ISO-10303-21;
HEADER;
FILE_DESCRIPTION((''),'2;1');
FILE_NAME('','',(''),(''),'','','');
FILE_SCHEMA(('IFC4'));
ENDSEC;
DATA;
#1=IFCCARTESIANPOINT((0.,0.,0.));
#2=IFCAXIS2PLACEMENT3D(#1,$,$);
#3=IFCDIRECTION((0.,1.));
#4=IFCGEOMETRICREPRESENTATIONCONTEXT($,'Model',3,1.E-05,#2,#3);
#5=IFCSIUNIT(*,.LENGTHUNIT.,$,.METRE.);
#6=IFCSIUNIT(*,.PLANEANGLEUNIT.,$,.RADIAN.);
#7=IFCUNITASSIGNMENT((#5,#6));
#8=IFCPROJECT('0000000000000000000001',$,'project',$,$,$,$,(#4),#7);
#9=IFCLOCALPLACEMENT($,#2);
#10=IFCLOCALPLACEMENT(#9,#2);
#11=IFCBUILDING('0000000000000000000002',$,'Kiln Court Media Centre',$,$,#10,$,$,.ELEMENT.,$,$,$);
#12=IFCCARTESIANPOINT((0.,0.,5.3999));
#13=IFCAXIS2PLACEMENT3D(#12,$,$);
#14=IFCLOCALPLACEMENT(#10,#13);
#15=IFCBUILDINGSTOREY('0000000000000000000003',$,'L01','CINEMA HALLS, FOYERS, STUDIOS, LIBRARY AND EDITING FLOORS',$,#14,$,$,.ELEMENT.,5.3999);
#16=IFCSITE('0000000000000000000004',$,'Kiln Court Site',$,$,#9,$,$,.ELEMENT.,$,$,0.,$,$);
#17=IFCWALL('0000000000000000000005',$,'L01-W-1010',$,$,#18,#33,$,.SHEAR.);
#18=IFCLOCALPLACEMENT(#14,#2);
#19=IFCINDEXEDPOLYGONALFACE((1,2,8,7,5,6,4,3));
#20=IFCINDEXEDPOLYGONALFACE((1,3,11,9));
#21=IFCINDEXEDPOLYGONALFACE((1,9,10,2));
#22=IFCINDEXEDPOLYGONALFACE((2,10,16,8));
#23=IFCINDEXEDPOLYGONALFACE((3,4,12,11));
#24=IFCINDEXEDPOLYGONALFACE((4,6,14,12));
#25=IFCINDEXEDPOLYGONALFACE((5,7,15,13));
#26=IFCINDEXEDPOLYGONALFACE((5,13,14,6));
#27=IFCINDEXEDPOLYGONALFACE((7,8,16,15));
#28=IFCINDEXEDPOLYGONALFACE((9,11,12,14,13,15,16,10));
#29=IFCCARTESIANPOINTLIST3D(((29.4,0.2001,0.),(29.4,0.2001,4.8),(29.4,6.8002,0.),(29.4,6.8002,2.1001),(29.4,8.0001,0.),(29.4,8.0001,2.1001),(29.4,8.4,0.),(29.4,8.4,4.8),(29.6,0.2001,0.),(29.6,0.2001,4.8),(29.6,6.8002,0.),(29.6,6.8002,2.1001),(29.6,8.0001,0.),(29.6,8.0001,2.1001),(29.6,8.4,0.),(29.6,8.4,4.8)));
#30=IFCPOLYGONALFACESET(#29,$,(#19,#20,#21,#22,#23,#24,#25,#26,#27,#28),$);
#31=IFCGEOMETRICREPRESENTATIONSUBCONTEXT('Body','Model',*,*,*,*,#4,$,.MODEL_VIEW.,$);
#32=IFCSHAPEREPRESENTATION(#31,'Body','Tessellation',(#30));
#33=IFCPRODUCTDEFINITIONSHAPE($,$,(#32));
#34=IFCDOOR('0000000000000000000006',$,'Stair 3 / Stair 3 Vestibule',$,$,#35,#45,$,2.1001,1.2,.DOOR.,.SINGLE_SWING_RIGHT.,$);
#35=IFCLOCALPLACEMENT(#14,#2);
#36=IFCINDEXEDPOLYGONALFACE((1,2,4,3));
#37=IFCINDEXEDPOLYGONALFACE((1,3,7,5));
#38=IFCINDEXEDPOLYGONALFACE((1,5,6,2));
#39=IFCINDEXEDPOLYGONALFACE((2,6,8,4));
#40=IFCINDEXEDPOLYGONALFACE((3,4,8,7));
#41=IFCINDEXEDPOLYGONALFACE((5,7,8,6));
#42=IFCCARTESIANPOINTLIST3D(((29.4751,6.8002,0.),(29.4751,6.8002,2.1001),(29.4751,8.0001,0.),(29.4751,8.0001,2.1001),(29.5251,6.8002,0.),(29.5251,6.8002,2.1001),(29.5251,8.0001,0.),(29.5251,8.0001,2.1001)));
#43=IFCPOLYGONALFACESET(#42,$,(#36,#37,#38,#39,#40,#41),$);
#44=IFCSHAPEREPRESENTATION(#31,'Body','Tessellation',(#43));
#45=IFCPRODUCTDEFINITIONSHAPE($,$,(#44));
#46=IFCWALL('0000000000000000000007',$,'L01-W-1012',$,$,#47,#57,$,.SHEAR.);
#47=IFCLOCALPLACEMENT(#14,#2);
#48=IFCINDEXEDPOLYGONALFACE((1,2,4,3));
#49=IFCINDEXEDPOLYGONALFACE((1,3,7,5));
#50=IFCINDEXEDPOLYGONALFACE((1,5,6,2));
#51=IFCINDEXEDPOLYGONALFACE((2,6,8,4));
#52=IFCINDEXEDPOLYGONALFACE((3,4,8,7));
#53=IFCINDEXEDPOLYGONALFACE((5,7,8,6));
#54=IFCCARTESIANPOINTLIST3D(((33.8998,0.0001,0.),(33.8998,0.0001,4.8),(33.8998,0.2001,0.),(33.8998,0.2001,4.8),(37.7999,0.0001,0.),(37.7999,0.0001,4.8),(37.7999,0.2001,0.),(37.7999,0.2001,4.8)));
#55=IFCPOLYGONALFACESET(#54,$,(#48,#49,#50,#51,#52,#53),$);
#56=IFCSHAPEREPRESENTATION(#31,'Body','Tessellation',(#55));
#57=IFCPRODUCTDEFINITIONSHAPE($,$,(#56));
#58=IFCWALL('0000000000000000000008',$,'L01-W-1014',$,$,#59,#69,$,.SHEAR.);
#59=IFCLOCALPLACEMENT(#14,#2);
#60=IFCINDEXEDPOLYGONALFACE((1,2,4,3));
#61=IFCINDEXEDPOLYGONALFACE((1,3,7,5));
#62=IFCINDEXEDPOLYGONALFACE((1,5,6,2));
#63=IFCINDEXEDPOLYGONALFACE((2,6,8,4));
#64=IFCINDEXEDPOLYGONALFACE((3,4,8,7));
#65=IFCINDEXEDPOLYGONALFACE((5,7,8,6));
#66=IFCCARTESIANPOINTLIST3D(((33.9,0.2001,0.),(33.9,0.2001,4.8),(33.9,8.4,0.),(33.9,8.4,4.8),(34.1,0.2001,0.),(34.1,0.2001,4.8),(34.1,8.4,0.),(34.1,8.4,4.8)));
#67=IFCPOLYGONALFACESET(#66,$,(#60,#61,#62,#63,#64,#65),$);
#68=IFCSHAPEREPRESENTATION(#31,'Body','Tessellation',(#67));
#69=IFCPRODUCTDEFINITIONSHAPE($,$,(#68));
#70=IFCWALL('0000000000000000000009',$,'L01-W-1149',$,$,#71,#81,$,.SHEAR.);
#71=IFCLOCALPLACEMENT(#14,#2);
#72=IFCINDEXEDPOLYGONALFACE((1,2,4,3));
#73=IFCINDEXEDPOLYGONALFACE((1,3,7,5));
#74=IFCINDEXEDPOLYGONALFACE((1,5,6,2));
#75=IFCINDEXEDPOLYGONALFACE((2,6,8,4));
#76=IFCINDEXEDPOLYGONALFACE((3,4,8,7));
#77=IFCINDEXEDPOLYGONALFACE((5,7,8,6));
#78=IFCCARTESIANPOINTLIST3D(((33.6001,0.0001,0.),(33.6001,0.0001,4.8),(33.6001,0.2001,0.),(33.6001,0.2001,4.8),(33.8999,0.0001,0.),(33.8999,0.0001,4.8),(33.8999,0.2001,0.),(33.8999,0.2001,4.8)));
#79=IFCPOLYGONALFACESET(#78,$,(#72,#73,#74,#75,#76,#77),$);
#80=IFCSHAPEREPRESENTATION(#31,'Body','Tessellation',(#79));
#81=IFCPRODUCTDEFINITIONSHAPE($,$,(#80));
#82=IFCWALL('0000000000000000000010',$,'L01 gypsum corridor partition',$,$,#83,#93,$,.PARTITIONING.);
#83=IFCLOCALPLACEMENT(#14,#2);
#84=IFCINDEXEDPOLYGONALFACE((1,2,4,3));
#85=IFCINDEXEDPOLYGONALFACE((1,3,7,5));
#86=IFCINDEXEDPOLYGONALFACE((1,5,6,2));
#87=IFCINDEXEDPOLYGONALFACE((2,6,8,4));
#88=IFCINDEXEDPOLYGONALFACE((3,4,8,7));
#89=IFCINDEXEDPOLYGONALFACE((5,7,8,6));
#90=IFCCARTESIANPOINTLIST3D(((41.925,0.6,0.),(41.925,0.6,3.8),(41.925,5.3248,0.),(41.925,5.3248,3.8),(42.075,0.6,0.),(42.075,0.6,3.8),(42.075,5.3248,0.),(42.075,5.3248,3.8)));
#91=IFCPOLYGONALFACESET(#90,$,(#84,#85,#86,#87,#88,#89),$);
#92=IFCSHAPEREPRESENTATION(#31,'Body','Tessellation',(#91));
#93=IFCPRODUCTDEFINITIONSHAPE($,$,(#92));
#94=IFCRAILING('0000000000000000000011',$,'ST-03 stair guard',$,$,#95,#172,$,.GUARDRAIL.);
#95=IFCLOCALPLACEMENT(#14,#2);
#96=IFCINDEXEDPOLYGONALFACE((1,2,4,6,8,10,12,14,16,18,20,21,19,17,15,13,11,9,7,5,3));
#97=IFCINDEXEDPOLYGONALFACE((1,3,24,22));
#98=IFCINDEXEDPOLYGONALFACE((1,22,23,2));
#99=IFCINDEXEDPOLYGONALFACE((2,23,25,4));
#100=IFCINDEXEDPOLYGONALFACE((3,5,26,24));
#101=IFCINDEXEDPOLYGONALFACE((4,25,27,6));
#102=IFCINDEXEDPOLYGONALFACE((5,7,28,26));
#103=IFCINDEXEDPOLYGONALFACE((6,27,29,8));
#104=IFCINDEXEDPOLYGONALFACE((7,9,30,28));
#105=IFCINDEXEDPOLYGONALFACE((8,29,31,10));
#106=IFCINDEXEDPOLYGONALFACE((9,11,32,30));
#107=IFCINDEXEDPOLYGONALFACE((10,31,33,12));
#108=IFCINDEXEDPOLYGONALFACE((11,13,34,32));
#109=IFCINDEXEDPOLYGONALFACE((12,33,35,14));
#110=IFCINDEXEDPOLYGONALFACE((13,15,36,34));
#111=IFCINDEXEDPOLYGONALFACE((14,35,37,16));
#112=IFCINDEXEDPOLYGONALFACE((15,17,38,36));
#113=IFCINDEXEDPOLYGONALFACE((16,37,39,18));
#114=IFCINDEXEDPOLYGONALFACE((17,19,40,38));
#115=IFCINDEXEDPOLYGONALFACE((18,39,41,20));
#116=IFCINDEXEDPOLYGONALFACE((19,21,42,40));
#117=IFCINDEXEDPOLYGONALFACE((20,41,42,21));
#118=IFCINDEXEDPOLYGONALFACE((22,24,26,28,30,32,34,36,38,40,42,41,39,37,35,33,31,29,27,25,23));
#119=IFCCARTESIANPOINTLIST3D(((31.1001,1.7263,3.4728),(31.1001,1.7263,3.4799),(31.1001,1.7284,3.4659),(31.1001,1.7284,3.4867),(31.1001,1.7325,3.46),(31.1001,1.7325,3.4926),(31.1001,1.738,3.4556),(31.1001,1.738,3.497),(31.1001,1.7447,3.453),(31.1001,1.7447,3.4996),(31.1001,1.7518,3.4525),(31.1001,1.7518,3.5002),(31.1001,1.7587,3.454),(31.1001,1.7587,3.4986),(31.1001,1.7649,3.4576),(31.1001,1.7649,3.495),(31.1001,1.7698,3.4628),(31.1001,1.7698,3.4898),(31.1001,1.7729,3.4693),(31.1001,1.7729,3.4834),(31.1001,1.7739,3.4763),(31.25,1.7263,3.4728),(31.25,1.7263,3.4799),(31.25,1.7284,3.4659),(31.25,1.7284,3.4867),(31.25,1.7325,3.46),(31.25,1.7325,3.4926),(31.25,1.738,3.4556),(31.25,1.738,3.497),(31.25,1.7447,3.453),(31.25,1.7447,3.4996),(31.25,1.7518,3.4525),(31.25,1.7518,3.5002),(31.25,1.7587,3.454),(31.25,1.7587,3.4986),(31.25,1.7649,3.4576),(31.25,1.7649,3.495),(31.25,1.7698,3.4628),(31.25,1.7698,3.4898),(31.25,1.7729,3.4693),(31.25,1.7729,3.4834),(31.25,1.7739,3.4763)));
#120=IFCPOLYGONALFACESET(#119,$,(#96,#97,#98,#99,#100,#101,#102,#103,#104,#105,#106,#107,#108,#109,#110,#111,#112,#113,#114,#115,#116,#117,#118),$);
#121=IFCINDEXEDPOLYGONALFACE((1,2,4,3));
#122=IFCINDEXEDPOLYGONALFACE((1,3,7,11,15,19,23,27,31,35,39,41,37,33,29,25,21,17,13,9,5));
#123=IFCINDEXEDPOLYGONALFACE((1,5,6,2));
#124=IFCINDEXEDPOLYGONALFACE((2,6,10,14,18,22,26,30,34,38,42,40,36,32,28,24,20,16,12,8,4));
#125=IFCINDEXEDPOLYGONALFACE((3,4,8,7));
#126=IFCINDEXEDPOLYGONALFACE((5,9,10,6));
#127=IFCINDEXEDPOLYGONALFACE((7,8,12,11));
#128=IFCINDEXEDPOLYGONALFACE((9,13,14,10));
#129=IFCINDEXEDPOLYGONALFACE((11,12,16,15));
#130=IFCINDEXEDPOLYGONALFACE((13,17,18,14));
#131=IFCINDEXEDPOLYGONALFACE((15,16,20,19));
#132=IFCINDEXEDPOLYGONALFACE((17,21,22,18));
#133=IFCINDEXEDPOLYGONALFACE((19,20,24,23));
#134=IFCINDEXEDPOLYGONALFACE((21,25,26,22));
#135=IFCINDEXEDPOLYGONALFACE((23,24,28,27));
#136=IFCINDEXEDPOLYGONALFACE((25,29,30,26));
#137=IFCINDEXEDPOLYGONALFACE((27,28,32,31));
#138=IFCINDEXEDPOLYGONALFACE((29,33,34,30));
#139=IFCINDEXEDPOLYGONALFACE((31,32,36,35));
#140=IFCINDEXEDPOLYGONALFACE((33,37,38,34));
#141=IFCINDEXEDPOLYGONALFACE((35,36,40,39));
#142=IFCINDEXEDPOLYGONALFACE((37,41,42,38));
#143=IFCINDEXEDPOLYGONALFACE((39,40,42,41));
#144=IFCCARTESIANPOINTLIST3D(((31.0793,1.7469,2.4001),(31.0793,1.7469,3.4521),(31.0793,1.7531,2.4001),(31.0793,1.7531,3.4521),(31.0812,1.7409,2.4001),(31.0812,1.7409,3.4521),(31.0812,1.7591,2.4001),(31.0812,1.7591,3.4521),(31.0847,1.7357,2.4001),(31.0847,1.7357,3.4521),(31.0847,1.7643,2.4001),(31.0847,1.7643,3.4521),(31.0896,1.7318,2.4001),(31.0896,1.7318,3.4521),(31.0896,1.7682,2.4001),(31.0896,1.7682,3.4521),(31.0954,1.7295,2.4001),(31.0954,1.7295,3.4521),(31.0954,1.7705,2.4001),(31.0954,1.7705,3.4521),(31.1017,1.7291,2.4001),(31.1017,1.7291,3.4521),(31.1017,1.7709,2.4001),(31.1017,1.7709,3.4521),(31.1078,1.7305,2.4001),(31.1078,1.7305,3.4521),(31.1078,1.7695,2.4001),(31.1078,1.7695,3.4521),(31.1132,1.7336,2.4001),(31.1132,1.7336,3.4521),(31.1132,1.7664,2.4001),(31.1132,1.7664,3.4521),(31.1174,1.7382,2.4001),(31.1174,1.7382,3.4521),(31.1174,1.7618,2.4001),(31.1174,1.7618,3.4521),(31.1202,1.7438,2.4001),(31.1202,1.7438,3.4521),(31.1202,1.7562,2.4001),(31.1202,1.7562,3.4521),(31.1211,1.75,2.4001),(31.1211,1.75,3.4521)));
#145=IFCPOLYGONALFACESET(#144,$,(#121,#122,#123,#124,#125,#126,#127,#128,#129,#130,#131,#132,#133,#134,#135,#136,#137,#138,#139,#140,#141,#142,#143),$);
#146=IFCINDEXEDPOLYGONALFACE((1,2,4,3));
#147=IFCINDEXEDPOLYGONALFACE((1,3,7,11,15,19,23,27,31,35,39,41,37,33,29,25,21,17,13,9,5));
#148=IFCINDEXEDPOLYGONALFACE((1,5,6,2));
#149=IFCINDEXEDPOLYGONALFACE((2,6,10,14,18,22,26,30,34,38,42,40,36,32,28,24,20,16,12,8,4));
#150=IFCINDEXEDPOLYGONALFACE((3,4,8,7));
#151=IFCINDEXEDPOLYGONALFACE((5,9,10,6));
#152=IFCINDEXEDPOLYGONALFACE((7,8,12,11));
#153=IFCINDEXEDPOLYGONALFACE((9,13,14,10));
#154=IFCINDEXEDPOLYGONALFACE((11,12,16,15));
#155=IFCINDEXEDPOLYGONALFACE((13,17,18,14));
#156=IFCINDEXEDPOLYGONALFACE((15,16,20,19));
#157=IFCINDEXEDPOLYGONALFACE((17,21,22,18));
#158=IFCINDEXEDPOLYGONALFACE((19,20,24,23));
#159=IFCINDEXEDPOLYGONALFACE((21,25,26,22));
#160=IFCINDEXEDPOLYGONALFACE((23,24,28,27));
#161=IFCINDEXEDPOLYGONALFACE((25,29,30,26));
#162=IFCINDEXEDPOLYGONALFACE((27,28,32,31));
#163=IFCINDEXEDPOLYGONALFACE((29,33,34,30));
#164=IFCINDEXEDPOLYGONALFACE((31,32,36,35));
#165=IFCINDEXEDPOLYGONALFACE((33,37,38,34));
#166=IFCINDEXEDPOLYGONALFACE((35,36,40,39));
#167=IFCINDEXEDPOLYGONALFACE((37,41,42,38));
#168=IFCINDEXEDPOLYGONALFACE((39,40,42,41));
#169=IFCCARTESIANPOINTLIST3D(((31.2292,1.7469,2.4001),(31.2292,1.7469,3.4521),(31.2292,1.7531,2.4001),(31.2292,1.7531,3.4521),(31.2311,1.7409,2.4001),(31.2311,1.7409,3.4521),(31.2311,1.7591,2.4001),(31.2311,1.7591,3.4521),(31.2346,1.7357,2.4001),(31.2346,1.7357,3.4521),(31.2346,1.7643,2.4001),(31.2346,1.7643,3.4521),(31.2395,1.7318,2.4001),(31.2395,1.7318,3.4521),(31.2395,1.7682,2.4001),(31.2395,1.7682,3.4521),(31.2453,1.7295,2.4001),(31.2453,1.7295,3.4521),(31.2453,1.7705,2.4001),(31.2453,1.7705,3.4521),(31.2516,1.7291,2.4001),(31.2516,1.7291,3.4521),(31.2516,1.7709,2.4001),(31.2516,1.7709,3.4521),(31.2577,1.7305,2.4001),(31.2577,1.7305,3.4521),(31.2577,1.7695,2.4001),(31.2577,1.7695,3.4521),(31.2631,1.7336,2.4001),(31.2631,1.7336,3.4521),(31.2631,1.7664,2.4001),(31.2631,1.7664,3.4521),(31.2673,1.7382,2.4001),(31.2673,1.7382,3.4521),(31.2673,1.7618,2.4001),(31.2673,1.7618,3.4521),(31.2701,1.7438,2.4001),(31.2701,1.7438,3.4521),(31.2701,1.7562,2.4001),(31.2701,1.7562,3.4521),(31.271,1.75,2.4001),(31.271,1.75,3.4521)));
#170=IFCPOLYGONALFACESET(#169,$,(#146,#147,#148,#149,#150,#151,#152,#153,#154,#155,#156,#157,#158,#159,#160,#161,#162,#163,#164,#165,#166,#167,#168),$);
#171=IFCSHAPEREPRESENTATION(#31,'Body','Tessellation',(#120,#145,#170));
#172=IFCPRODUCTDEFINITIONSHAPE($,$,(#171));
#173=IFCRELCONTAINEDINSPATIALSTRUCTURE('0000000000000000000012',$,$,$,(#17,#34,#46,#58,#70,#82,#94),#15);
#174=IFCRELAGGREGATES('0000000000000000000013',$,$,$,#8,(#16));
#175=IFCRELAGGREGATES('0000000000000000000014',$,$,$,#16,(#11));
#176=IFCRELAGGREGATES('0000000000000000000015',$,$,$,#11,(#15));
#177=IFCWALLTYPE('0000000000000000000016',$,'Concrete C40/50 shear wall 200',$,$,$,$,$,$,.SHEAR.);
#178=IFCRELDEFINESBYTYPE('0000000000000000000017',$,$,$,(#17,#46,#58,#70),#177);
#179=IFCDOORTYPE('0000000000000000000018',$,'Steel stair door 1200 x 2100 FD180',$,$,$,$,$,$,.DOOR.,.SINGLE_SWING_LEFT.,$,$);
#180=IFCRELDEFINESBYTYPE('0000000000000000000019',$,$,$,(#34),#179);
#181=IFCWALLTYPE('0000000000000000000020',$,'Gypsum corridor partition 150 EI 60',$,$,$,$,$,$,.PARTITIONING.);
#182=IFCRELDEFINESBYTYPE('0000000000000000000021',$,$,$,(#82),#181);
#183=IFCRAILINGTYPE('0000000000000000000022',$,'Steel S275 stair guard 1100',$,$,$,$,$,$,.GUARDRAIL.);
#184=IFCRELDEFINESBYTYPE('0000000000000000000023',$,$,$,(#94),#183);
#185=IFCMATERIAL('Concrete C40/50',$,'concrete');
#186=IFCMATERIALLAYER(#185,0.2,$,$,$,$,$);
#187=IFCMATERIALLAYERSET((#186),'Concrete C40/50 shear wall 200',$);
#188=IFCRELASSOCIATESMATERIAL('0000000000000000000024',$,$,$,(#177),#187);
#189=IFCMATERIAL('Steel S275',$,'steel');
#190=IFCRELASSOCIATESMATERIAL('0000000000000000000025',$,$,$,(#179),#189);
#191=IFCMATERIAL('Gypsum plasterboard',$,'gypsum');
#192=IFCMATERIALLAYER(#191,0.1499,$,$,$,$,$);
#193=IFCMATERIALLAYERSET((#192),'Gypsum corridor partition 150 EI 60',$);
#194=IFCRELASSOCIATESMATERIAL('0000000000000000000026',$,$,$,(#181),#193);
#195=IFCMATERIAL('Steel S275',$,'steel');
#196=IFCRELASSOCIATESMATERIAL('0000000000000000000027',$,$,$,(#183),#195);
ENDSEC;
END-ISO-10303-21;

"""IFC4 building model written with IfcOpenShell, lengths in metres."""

from ifc_helpers import new_model, si_unit, direction, frame, frame_2d, origin, origin_2d, place, context, subcontext, project, spatial, rectangle, circle, extrude, material, layer, layer_set, type_object, element, fill, save


model = new_model("IFC4")

# Units and contexts
model_context = context("Model", 3, precision=1e-05, world=origin(), true_north=direction((0.0, 1.0)))
body_context = subcontext(model_context, "Body", "Model", "MODEL_VIEW")
ifc_project = project(units=[si_unit("LENGTHUNIT", "METRE"), si_unit("PLANEANGLEUNIT", "RADIAN")], contexts=[model_context])

# Site, building, storey
site_placement = place(None, origin())
site = spatial("IfcSite", under=ifc_project, at=site_placement, Name="Kiln Court Site", CompositionType="ELEMENT", RefElevation=0.0)
building_placement = place(site_placement, origin())
building = spatial("IfcBuilding", under=site, at=building_placement, Name="Kiln Court Media Centre", CompositionType="ELEMENT")
storey_placement = place(building_placement, frame((0.0, 0.0, 5.3999)))
storey = spatial("IfcBuildingStorey", under=building, at=storey_placement, Name="L01", Description="CINEMA HALLS, FOYERS, STUDIOS, LIBRARY AND EDITING FLOORS", CompositionType="ELEMENT", Elevation=5.3999)

# Shared definitions
ifc_material_1 = material(Name="Concrete C40/50", Category="concrete")
ifc_layer_1 = layer(ifc_material_1, 0.2)
ifc_layer_set_1 = layer_set([ifc_layer_1], Name="Concrete C40/50 shear wall 200")
wall_type_1 = type_object("IfcWallType", Name="Concrete C40/50 shear wall 200", PredefinedType="SHEAR", material=ifc_layer_set_1)

# Wall, opening, door
wall_1_placement = place(storey_placement, frame((29.5, 0.2, 0.0), z_axis=(0.0, 0.0, 1.0), x_axis=(0.0, 1.0, 0.0)))
wall_1 = element("IfcWall", 1, at=wall_1_placement, inside=storey, type_object=wall_type_1, Name="L01-W-1010", PredefinedType="SHEAR", context=body_context, shape_type="SweptSolid", body=[
    extrude(rectangle(XDim=8.2, YDim=0.2, at=frame_2d((4.1001, 0.0))), origin(), (0.0, 0.0, 1.0), 4.8),
])
opening_1_placement = place(wall_1_placement, frame((6.6001, 0.0, 0.0)))
opening_1 = element("IfcOpeningElement", 2, at=opening_1_placement, cuts=wall_1, PredefinedType="OPENING", context=body_context, shape_type="SweptSolid", body=[
    extrude(rectangle(XDim=1.2, YDim=2.1001, at=frame_2d((0.6001, 1.05))), frame((0.0, 0.1099, 0.0), z_axis=(0.0, -1.0, 0.0), x_axis=(1.0, 0.0, 0.0)), (0.0, 0.0, 1.0), 0.22),
])
ifc_material_2 = material(Name="Steel S275", Category="steel")
door_type = type_object("IfcDoorType", Name="Steel stair door 1200 x 2100 FD180", OperationType="SINGLE_SWING_LEFT", PredefinedType="DOOR", material=ifc_material_2)
door_placement = place(opening_1_placement, origin())
door = element("IfcDoor", 3, at=door_placement, inside=storey, type_object=door_type, Name="Stair 3 / Stair 3 Vestibule", OperationType="SINGLE_SWING_RIGHT", OverallHeight=2.1001, OverallWidth=1.2, PredefinedType="DOOR", context=body_context, shape_type="SweptSolid", body=[
    extrude(rectangle(XDim=1.2, YDim=2.1001, at=frame_2d((0.6001, 1.05))), frame((0.0, 0.0249, 0.0), z_axis=(0.0, -1.0, 0.0), x_axis=(1.0, 0.0, 0.0)), (0.0, 0.0, 1.0), 0.05),
])
fill(opening_1, door)

# Walls
wall_2_placement = place(storey_placement, frame((37.8, 0.1001, 0.0), z_axis=(0.0, 0.0, 1.0), x_axis=(-1.0, 0.0, 0.0)))
element("IfcWall", 4, at=wall_2_placement, inside=storey, type_object=wall_type_1, Name="L01-W-1012", PredefinedType="SHEAR", context=body_context, shape_type="SweptSolid", body=[
    extrude(rectangle(XDim=3.9001, YDim=0.2, at=frame_2d((1.9502, 0.0))), origin(), (0.0, 0.0, 1.0), 4.8),
])
wall_3_placement = place(storey_placement, frame((34.0, 0.2, 0.0), z_axis=(0.0, 0.0, 1.0), x_axis=(0.0, 1.0, 0.0)))
element("IfcWall", 5, at=wall_3_placement, inside=storey, type_object=wall_type_1, Name="L01-W-1014", PredefinedType="SHEAR", context=body_context, shape_type="SweptSolid", body=[
    extrude(rectangle(XDim=8.2, YDim=0.2, at=frame_2d((4.1001, 0.0))), origin(), (0.0, 0.0, 1.0), 4.8),
])
wall_4_placement = place(storey_placement, frame((33.8999, 0.1001, 0.0), z_axis=(0.0, 0.0, 1.0), x_axis=(-1.0, 0.0, 0.0)))
element("IfcWall", 6, at=wall_4_placement, inside=storey, type_object=wall_type_1, Name="L01-W-1149", PredefinedType="SHEAR", context=body_context, shape_type="SweptSolid", body=[
    extrude(rectangle(XDim=0.2998, YDim=0.2, at=frame_2d((0.1499, 0.0))), origin(), (0.0, 0.0, 1.0), 4.8),
])
ifc_material_3 = material(Name="Gypsum plasterboard", Category="gypsum")
ifc_layer_2 = layer(ifc_material_3, 0.1499)
ifc_layer_set_2 = layer_set([ifc_layer_2], Name="Gypsum corridor partition 150 EI 60")
wall_type_2 = type_object("IfcWallType", Name="Gypsum corridor partition 150 EI 60", PredefinedType="PARTITIONING", material=ifc_layer_set_2)
wall_5_placement = place(storey_placement, frame((42.0, 0.6001, 0.0), z_axis=(0.0, 0.0, 1.0), x_axis=(0.0, 1.0, 0.0)))
element("IfcWall", 7, at=wall_5_placement, inside=storey, type_object=wall_type_2, Name="L01 gypsum corridor partition", PredefinedType="PARTITIONING", context=body_context, shape_type="SweptSolid", body=[
    extrude(rectangle(XDim=4.7249, YDim=0.1499, at=frame_2d((2.3623, 0.0))), origin(), (0.0, 0.0, 1.0), 3.8),
])

# Railing
ifc_material_4 = material(Name="Steel S275", Category="steel")
railing_type = type_object("IfcRailingType", Name="Steel S275 stair guard 1100", PredefinedType="GUARDRAIL", material=ifc_material_4)
railing_1_placement = place(storey_placement, frame((31.1001, 1.75, 2.4001)))
element("IfcRailing", 8, at=railing_1_placement, inside=storey, type_object=railing_type, Name="ST-03 stair guard", PredefinedType="GUARDRAIL", context=body_context, shape_type="SweptSolid", body=[
    extrude(circle(Radius=0.0239, at=origin_2d()), frame((0.0, 0.0, 1.0762), z_axis=(1.0, 0.0, 0.0), x_axis=(0.0, 1.0, 0.0)), (0.0, 0.0, 1.0), 0.1499),
    extrude(circle(Radius=0.021, at=origin_2d()), origin(), (0.0, 0.0, 1.0), 1.052),
    extrude(circle(Radius=0.021, at=origin_2d()), frame((0.1499, 0.0, 0.0)), (0.0, 0.0, 1.0), 1.052),
])

save(model, "model.ifc")
